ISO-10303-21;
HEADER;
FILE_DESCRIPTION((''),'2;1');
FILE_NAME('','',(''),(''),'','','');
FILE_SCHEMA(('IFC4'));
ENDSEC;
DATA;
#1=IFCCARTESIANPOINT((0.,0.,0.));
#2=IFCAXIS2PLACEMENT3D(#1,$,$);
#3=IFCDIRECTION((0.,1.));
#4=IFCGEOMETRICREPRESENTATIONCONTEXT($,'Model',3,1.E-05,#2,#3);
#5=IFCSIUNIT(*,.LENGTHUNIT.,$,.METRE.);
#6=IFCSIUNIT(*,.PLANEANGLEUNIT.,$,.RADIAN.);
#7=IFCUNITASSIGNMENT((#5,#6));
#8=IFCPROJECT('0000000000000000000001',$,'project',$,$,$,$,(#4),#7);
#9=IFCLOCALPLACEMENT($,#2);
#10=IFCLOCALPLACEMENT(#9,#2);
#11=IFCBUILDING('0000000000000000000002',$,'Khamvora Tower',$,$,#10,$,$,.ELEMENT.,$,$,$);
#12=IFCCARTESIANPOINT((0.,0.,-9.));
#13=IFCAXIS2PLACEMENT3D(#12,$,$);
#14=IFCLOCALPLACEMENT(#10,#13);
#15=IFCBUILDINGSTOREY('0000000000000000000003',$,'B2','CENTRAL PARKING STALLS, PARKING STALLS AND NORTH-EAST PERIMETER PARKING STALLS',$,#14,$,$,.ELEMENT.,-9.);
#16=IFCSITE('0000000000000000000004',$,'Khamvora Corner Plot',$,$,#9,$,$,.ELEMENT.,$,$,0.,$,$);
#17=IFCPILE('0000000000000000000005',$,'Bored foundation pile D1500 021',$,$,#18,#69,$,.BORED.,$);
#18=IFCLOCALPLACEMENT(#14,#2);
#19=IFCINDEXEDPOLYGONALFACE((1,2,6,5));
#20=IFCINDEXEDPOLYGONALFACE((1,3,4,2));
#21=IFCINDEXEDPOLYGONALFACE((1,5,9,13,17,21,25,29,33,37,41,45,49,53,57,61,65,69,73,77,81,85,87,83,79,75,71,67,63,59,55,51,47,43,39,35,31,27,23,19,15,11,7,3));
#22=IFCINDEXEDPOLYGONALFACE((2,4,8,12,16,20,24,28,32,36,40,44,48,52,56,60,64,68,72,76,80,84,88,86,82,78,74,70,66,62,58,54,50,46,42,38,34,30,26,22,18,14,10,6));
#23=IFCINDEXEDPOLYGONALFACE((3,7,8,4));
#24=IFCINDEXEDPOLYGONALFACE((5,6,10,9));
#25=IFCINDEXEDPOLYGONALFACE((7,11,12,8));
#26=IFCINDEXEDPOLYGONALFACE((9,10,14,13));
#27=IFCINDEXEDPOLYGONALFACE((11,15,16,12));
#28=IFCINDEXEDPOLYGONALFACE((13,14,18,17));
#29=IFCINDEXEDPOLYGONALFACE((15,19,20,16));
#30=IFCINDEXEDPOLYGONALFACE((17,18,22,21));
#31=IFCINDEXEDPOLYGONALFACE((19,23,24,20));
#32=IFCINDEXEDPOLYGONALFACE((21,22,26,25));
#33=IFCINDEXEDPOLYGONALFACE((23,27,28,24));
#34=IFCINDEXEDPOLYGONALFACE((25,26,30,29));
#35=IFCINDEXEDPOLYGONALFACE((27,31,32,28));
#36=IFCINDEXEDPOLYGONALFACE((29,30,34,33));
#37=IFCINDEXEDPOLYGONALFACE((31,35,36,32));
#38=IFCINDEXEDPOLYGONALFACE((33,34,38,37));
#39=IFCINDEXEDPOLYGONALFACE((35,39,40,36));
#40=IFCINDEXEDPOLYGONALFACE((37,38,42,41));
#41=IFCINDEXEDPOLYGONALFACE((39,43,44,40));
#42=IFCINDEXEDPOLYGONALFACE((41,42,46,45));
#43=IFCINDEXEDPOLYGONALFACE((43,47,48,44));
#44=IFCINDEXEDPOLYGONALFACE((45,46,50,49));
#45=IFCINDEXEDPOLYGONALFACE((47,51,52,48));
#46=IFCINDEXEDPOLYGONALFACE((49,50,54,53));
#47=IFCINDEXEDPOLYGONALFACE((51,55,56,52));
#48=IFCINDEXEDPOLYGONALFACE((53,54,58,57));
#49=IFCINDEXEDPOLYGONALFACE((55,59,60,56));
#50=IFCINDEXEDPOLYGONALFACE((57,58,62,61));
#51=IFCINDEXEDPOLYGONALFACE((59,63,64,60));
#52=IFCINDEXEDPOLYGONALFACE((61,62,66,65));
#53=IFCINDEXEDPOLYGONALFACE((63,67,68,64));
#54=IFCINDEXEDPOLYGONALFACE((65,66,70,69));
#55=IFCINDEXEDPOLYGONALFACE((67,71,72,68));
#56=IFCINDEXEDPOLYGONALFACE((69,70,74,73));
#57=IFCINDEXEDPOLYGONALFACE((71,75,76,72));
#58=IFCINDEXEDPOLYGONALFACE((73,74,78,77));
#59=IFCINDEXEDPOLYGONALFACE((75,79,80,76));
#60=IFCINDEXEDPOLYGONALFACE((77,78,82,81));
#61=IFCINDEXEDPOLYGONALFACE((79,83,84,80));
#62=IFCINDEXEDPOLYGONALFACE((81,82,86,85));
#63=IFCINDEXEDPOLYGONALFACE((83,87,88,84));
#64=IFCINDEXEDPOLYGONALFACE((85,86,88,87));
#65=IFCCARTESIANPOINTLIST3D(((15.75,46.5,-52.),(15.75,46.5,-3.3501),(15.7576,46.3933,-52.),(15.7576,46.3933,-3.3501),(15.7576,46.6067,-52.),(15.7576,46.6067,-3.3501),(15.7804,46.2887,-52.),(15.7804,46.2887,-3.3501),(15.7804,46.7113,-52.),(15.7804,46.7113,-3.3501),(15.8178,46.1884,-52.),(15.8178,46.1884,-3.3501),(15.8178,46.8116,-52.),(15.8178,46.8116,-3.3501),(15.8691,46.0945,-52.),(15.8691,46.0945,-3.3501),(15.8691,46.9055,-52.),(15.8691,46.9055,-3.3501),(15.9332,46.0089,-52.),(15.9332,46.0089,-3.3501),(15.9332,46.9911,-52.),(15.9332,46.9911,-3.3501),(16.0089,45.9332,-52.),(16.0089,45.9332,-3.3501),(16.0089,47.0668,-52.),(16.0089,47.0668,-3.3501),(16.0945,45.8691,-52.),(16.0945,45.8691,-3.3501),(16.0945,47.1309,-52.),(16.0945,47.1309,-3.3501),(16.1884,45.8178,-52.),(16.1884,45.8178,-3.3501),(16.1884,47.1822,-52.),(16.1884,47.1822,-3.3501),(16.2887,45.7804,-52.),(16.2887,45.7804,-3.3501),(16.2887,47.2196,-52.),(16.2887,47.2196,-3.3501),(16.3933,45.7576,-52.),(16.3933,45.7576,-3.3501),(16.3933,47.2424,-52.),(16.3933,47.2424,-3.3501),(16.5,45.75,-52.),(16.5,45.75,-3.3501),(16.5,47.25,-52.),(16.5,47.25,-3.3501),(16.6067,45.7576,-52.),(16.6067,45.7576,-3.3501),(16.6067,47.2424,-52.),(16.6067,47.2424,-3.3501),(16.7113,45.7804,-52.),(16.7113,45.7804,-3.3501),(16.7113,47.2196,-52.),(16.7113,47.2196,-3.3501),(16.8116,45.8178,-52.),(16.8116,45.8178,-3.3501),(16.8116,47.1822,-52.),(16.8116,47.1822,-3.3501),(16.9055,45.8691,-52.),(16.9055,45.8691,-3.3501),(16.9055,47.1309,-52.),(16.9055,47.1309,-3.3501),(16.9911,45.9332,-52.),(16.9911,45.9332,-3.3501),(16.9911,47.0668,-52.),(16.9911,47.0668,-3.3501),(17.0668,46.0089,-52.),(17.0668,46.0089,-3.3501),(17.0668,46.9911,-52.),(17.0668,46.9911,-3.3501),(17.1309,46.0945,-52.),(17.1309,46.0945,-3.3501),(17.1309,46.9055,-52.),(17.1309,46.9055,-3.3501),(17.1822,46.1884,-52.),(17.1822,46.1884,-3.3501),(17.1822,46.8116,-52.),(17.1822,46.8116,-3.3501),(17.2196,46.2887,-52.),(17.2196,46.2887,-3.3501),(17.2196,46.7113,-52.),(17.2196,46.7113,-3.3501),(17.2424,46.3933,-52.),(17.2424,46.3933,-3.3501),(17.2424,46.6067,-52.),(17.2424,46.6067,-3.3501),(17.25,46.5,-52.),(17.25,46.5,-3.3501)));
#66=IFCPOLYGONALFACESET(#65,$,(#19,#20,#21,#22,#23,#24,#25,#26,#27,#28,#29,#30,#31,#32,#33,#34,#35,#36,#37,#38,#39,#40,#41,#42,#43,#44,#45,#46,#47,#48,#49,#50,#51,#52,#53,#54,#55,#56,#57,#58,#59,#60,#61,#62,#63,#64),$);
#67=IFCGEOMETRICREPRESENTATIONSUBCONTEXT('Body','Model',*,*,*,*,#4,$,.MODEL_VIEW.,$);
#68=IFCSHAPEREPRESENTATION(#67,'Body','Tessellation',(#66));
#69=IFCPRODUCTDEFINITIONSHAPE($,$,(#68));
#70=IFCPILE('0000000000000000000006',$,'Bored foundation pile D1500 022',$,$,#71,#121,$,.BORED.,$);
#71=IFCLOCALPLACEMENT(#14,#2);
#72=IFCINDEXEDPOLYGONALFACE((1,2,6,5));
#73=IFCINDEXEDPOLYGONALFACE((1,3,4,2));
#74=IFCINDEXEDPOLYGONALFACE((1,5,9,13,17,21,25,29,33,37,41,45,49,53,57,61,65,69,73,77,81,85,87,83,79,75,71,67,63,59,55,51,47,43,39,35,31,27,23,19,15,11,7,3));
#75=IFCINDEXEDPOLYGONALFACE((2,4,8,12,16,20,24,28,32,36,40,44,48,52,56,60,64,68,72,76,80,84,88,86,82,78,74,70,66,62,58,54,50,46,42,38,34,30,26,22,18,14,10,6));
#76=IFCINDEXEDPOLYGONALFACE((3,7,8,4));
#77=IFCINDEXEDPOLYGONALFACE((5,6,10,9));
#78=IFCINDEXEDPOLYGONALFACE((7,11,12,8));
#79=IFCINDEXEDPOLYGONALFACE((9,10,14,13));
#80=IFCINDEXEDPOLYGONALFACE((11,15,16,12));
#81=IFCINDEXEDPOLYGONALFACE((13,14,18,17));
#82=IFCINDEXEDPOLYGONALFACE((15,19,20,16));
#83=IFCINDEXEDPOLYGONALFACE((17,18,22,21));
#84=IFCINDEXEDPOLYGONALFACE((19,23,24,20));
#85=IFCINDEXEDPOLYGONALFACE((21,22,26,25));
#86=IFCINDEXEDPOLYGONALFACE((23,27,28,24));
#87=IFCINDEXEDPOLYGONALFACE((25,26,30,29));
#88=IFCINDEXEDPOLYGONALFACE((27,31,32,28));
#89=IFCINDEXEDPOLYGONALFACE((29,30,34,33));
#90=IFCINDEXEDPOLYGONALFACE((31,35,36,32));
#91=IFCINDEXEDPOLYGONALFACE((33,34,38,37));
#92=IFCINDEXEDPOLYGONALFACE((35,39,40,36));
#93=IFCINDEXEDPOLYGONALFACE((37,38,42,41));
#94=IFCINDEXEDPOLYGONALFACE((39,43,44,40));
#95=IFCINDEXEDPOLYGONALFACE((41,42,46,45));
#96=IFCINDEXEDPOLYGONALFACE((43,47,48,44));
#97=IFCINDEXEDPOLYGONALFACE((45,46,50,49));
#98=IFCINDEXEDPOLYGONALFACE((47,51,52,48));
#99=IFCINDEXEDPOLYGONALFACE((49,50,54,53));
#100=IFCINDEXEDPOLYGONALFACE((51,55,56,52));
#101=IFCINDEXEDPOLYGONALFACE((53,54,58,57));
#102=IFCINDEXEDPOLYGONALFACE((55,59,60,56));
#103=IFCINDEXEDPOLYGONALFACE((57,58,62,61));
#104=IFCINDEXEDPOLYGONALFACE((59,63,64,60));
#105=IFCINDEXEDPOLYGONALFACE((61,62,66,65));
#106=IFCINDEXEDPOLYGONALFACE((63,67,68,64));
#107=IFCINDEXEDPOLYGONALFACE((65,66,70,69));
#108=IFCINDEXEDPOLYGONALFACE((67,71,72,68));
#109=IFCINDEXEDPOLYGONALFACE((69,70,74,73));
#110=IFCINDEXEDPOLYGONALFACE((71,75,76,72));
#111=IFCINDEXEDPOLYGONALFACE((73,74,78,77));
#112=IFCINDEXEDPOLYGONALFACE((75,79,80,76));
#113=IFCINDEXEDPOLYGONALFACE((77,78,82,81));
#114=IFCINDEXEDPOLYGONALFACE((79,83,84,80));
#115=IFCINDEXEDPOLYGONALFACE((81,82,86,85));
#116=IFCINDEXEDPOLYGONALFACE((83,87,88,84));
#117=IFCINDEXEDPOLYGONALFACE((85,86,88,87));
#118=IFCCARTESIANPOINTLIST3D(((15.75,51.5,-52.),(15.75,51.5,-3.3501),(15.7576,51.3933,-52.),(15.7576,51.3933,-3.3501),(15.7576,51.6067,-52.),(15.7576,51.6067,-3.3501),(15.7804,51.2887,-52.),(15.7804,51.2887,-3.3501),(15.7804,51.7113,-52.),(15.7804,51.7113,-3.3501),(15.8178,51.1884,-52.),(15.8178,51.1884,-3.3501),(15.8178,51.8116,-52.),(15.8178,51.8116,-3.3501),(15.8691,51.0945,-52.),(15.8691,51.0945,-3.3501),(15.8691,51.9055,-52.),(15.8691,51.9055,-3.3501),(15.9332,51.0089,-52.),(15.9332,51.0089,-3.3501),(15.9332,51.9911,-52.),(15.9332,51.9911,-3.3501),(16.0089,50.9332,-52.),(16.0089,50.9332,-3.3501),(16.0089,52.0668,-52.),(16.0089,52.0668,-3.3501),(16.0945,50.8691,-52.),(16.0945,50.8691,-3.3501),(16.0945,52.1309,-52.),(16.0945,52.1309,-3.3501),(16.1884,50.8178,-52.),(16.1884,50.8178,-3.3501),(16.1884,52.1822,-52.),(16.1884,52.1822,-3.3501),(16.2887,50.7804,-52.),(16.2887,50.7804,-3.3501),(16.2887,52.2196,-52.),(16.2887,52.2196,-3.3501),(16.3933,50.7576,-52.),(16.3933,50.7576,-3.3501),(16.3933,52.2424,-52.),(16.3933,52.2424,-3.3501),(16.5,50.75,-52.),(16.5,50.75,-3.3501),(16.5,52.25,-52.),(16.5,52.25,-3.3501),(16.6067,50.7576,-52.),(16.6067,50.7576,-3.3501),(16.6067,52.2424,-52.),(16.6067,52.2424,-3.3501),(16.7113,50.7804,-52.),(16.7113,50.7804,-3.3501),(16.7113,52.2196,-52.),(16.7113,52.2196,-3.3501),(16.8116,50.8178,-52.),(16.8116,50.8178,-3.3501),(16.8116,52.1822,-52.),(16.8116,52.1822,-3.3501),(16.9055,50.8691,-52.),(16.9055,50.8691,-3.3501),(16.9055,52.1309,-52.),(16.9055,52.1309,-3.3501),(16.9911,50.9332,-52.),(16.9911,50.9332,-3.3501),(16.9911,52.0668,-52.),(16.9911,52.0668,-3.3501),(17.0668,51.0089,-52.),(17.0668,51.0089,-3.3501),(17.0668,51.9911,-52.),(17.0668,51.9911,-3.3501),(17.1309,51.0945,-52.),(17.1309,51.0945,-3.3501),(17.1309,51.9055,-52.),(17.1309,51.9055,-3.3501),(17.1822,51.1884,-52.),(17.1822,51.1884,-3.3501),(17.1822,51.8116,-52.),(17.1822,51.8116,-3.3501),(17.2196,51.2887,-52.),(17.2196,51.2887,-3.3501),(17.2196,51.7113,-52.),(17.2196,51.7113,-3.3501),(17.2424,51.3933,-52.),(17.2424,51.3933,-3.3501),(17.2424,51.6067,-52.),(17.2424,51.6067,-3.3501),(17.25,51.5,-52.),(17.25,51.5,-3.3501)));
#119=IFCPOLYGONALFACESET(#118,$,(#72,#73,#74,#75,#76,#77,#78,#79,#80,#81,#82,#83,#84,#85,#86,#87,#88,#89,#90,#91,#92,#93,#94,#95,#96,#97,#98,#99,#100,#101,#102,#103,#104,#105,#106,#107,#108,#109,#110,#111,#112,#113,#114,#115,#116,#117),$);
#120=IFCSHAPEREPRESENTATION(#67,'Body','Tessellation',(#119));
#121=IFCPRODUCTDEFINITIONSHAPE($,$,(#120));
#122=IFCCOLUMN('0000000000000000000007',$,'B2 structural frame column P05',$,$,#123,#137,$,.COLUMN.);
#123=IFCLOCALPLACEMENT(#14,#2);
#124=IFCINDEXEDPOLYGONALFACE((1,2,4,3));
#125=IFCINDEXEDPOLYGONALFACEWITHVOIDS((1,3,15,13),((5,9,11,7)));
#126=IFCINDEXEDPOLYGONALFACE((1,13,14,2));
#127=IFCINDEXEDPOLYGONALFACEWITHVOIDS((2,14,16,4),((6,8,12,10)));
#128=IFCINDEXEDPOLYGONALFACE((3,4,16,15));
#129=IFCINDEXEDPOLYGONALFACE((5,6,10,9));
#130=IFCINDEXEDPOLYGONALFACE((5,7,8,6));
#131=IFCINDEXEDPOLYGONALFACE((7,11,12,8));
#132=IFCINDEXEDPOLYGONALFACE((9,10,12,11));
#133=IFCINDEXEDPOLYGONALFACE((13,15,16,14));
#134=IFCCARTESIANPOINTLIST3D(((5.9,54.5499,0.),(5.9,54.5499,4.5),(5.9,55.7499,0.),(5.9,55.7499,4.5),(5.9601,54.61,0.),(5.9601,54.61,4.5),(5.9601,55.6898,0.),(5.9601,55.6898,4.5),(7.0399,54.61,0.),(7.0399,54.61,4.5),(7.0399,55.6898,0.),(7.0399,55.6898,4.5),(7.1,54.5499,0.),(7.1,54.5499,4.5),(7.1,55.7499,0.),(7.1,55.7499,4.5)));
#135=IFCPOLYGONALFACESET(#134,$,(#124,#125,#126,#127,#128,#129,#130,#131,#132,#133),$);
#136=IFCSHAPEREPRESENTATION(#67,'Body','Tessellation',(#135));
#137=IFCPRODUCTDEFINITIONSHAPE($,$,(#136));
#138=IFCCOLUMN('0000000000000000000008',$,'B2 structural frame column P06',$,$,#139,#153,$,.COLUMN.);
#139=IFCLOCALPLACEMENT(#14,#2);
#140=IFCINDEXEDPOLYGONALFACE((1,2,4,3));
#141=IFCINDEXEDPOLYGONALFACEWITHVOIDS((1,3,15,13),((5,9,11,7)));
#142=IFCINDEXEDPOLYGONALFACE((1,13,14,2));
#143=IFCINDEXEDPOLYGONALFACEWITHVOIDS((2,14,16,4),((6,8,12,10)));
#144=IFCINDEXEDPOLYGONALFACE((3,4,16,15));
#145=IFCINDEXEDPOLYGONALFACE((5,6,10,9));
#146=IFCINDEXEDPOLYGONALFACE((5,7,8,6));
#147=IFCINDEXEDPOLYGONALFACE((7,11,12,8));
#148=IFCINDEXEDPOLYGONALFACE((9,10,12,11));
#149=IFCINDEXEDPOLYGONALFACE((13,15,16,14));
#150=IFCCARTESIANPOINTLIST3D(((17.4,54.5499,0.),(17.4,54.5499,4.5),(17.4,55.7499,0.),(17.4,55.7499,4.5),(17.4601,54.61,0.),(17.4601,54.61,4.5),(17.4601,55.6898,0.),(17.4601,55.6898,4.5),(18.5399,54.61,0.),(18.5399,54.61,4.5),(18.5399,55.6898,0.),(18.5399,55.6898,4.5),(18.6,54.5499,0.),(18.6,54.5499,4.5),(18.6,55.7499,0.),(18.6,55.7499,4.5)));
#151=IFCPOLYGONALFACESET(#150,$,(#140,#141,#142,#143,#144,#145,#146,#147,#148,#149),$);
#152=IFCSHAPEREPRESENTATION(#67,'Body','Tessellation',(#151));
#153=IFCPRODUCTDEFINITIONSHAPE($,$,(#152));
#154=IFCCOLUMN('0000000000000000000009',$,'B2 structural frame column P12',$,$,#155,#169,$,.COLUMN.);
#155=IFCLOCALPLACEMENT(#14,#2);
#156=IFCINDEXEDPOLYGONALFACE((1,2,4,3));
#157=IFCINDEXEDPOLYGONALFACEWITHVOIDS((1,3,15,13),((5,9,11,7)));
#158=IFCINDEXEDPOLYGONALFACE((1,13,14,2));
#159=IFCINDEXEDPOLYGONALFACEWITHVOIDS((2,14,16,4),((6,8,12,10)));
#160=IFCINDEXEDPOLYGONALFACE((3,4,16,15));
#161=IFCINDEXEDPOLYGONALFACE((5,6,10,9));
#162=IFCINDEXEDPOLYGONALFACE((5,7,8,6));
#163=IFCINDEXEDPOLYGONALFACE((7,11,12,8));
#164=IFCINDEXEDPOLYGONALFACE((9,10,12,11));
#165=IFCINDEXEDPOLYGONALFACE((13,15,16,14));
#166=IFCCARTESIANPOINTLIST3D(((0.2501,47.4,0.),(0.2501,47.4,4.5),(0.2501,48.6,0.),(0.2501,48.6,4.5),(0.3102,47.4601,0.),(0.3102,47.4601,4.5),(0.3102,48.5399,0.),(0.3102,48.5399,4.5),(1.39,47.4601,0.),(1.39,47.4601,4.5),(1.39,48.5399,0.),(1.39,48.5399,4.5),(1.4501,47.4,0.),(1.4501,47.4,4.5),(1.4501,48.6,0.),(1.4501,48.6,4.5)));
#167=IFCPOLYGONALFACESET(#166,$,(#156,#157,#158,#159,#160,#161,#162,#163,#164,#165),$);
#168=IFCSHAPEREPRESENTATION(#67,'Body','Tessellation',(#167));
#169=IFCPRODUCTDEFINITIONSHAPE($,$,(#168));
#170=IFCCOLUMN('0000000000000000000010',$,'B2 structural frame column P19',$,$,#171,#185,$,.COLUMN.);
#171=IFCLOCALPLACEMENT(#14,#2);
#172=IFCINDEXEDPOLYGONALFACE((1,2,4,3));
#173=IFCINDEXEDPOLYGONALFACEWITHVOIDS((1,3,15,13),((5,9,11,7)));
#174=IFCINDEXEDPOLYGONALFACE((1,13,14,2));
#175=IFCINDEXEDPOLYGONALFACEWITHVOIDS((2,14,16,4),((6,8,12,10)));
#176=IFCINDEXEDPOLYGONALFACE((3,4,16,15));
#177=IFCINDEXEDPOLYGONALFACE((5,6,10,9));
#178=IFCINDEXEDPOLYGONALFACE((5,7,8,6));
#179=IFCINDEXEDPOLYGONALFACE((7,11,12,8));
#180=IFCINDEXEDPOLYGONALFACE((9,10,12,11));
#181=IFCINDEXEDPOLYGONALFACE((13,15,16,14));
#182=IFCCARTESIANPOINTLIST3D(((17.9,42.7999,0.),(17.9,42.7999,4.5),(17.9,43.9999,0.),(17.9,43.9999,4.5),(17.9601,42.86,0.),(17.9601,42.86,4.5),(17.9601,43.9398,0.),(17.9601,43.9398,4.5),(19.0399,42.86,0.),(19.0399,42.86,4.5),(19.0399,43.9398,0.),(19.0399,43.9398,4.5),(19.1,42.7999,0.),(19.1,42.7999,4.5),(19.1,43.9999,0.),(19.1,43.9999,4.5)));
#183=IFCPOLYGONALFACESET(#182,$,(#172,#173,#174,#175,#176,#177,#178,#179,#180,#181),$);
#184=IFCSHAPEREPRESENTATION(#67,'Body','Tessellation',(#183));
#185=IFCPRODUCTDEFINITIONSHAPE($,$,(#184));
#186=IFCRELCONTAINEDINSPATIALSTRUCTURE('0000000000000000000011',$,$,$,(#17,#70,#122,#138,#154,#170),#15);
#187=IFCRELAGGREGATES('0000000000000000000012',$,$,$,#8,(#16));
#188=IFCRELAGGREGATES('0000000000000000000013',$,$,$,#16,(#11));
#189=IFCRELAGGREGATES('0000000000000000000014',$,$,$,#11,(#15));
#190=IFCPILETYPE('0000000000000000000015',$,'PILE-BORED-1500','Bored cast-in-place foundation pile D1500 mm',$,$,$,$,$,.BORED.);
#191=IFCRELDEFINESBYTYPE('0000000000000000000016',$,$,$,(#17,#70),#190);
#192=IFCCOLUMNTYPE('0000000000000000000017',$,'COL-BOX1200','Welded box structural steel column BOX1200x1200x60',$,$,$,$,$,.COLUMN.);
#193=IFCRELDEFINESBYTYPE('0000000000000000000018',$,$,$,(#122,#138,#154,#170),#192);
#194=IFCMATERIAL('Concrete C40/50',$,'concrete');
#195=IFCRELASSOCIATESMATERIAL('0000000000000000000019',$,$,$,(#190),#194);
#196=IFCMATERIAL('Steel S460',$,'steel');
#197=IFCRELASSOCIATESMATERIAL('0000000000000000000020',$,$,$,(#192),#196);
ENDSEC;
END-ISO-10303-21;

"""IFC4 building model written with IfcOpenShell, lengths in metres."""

from ifc_helpers import new_model, si_unit, direction, frame, origin, origin_2d, place, context, subcontext, project, spatial, hollow_rectangle, circle, extrude, material, material_profile, profile_set, type_object, element, save


model = new_model("IFC4")

# Units and contexts
model_context = context("Model", 3, precision=1e-05, world=origin(), true_north=direction((0.0, 1.0)))
body_context = subcontext(model_context, "Body", "Model", "MODEL_VIEW")
ifc_project = project(units=[si_unit("LENGTHUNIT", "METRE"), si_unit("PLANEANGLEUNIT", "RADIAN")], contexts=[model_context])

# Site, building, storey
site_placement = place(None, origin())
site = spatial("IfcSite", under=ifc_project, at=site_placement, Name="Khamvora Corner Plot", CompositionType="ELEMENT", RefElevation=0.0)
building_placement = place(site_placement, origin())
building = spatial("IfcBuilding", under=site, at=building_placement, Name="Khamvora Tower", CompositionType="ELEMENT")
storey_placement = place(building_placement, frame((0.0, 0.0, -9.0)))
storey = spatial("IfcBuildingStorey", under=building, at=storey_placement, Name="B2", Description="CENTRAL PARKING STALLS, PARKING STALLS AND NORTH-EAST PERIMETER PARKING STALLS", CompositionType="ELEMENT", Elevation=-9.0)

# Piles
ifc_material_1 = material(Name="Concrete C40/50", Category="concrete")
ifc_material_profile_1 = material_profile(ifc_material_1, circle(Radius=0.75, at=origin_2d()), Name="PILE_D1500")
ifc_profile_set_1 = profile_set([ifc_material_profile_1], Name="Concrete C40/50")
pile_type_1 = type_object("IfcPileType", Name="PILE-BORED-1500", Description="Bored cast-in-place foundation pile D1500 mm", PredefinedType="BORED", material=ifc_profile_set_1)
for number, where, z_axis, x_axis, name in (
    (1, (16.5, 46.5, -3.3501), (0.0, 0.0, -1.0), (1.0, 0.0, 0.0), "Bored foundation pile D1500 021"),
    (2, (16.5, 51.5, -3.3501), (0.0, 0.0, -1.0), (1.0, 0.0, 0.0), "Bored foundation pile D1500 022"),
):
    element("IfcPile", number, at=place(storey_placement, frame(where, z_axis=z_axis, x_axis=x_axis)), inside=storey, type_object=pile_type_1, Name=name, PredefinedType="BORED", context=body_context, shape_type="SweptSolid", body=[
        extrude(circle(Radius=0.75, at=origin_2d()), origin(), (0.0, 0.0, 1.0), 48.6499),
    ])

# Columns
ifc_material_2 = material(Name="Steel S460", Category="steel")
ifc_material_profile_2 = material_profile(ifc_material_2, hollow_rectangle(XDim=1.2, YDim=1.2, WallThickness=0.0601, at=origin_2d()), Name="BOX1200x1200x60")
ifc_profile_set_2 = profile_set([ifc_material_profile_2], Name="Steel S460")
column_type_1 = type_object("IfcColumnType", Name="COL-BOX1200", Description="Welded box structural steel column BOX1200x1200x60", PredefinedType="COLUMN", material=ifc_profile_set_2)
for number, where, z_axis, x_axis, name in (
    (3, (6.5, 55.1499, 0.0), (0.0, 0.0, 1.0), (1.0, 0.0, 0.0), "B2 structural frame column P05"),
    (4, (18.0, 55.1499, 0.0), (0.0, 0.0, 1.0), (1.0, 0.0, 0.0), "B2 structural frame column P06"),
    (5, (0.8501, 48.0, 0.0), (0.0, 0.0, 1.0), (1.0, 0.0, 0.0), "B2 structural frame column P12"),
    (6, (18.5, 43.3999, 0.0), (0.0, 0.0, 1.0), (1.0, 0.0, 0.0), "B2 structural frame column P19"),
):
    element("IfcColumn", number, at=place(storey_placement, frame(where, z_axis=z_axis, x_axis=x_axis)), inside=storey, type_object=column_type_1, Name=name, PredefinedType="COLUMN", context=body_context, shape_type="SweptSolid", body=[
        extrude(hollow_rectangle(XDim=1.2, YDim=1.2, WallThickness=0.0601, at=origin_2d()), origin(), (0.0, 0.0, 1.0), 4.5),
    ])

save(model, "model.ifc")
